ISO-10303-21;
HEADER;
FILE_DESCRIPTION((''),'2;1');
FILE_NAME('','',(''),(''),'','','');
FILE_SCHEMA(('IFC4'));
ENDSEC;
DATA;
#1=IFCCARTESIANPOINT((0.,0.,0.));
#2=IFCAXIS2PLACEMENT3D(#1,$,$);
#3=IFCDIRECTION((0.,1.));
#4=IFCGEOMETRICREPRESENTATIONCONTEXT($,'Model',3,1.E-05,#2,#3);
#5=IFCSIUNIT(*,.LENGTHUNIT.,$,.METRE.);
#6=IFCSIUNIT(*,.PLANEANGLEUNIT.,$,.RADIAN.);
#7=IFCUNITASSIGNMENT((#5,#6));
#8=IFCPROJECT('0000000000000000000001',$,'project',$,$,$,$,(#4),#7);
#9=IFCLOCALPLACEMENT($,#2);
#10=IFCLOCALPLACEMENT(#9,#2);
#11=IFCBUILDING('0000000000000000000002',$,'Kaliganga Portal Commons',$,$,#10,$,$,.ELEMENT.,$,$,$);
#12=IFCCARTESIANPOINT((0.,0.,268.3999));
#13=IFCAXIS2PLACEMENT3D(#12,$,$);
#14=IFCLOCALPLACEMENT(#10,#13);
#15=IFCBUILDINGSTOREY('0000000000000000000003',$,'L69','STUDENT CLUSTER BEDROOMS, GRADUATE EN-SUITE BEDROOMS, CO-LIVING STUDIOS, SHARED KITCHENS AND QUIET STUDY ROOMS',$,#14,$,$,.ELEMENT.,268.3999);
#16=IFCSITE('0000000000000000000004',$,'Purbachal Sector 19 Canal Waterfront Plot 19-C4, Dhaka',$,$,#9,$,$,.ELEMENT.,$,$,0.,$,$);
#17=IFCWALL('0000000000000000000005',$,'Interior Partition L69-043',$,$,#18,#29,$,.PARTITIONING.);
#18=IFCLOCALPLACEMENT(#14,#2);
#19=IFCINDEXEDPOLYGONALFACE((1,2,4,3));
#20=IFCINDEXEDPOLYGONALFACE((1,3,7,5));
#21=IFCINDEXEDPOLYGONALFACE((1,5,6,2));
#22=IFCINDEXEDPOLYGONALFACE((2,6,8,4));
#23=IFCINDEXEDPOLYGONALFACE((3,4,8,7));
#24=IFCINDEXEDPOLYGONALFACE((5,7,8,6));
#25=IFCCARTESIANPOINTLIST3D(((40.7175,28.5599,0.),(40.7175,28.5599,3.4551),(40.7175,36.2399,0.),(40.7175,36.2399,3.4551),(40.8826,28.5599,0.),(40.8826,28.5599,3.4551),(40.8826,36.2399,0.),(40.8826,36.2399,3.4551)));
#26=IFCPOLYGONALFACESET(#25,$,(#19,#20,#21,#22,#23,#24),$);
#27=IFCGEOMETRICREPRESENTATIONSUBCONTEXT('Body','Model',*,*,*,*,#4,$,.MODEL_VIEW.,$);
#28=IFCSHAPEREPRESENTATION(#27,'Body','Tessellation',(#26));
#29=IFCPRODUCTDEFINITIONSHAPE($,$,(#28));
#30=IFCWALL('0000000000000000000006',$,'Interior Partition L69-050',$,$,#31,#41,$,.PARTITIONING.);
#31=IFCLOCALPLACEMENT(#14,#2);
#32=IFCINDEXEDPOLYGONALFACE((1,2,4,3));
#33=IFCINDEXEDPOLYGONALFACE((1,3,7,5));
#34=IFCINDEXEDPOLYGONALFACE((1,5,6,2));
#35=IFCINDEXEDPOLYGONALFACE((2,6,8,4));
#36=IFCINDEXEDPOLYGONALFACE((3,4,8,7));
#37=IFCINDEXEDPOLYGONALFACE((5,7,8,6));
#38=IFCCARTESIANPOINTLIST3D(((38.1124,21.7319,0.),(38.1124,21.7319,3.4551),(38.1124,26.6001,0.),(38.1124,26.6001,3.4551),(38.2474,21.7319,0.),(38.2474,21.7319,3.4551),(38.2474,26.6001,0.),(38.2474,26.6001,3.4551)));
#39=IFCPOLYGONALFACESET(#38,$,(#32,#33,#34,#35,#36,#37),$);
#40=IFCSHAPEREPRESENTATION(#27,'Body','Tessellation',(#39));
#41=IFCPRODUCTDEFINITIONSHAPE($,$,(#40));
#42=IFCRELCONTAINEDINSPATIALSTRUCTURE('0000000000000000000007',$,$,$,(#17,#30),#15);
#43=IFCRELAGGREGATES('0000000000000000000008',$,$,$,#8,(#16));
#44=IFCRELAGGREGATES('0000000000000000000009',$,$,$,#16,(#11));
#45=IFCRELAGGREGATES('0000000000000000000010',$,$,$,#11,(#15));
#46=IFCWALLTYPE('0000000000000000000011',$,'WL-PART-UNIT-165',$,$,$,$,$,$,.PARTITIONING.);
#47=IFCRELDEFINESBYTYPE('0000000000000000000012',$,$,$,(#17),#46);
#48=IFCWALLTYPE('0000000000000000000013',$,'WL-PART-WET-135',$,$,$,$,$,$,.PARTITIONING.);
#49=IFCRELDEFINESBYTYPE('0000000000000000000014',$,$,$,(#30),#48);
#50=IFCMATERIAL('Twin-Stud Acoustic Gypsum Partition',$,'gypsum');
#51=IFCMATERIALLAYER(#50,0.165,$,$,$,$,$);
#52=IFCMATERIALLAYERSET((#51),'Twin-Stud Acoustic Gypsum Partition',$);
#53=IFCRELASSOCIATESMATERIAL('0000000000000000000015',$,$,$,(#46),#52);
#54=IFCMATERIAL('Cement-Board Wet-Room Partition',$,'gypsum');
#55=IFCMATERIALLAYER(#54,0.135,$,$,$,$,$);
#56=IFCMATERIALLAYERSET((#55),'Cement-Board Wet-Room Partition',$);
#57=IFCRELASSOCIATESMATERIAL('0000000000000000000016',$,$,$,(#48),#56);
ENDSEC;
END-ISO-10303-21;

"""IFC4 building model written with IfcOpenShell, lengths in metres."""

from ifc_helpers import new_model, si_unit, direction, frame, frame_2d, origin, place, context, subcontext, project, spatial, rectangle, extrude, material, layer, layer_set, type_object, element, save


model = new_model("IFC4")

# Units and contexts
model_context = context("Model", 3, precision=1e-05, world=origin(), true_north=direction((0.0, 1.0)))
body_context = subcontext(model_context, "Body", "Model", "MODEL_VIEW")
ifc_project = project(units=[si_unit("LENGTHUNIT", "METRE"), si_unit("PLANEANGLEUNIT", "RADIAN")], contexts=[model_context])

# Site, building, storey
site_placement = place(None, origin())
site = spatial("IfcSite", under=ifc_project, at=site_placement, Name="Purbachal Sector 19 Canal Waterfront Plot 19-C4, Dhaka", CompositionType="ELEMENT", RefElevation=0.0)
building_placement = place(site_placement, origin())
building = spatial("IfcBuilding", under=site, at=building_placement, Name="Kaliganga Portal Commons", CompositionType="ELEMENT")
storey_placement = place(building_placement, frame((0.0, 0.0, 268.3999)))
storey = spatial("IfcBuildingStorey", under=building, at=storey_placement, Name="L69", Description="STUDENT CLUSTER BEDROOMS, GRADUATE EN-SUITE BEDROOMS, CO-LIVING STUDIOS, SHARED KITCHENS AND QUIET STUDY ROOMS", CompositionType="ELEMENT", Elevation=268.3999)

# Walls
ifc_material_1 = material(Name="Twin-Stud Acoustic Gypsum Partition", Category="gypsum")
ifc_layer_1 = layer(ifc_material_1, 0.165)
ifc_layer_set_1 = layer_set([ifc_layer_1], Name="Twin-Stud Acoustic Gypsum Partition")
wall_type_1 = type_object("IfcWallType", Name="WL-PART-UNIT-165", PredefinedType="PARTITIONING", material=ifc_layer_set_1)
for number, where, z_axis, x_axis, name in (
    (1, (40.8, 28.5601, 0.0), (0.0, 0.0, 1.0), (0.0, 1.0, 0.0), "Interior Partition L69-043"),
):
    element("IfcWall", number, at=place(storey_placement, frame(where, z_axis=z_axis, x_axis=x_axis)), inside=storey, type_object=wall_type_1, Name=name, PredefinedType="PARTITIONING", context=body_context, shape_type="SweptSolid", body=[
        extrude(rectangle(XDim=7.6799, YDim=0.165, at=frame_2d((3.8398, 0.0))), origin(), (0.0, 0.0, 1.0), 3.4551),
    ])
ifc_material_2 = material(Name="Cement-Board Wet-Room Partition", Category="gypsum")
ifc_layer_2 = layer(ifc_material_2, 0.135)
ifc_layer_set_2 = layer_set([ifc_layer_2], Name="Cement-Board Wet-Room Partition")
wall_type_2 = type_object("IfcWallType", Name="WL-PART-WET-135", PredefinedType="PARTITIONING", material=ifc_layer_set_2)
wall_1_placement = place(storey_placement, frame((38.1799, 21.7319, 0.0), z_axis=(0.0, 0.0, 1.0), x_axis=(0.0, 1.0, 0.0)))
element("IfcWall", 2, at=wall_1_placement, inside=storey, type_object=wall_type_2, Name="Interior Partition L69-050", PredefinedType="PARTITIONING", context=body_context, shape_type="SweptSolid", body=[
    extrude(rectangle(XDim=4.8682, YDim=0.135, at=frame_2d((2.4341, 0.0))), origin(), (0.0, 0.0, 1.0), 3.4551),
])

save(model, "model.ifc")
